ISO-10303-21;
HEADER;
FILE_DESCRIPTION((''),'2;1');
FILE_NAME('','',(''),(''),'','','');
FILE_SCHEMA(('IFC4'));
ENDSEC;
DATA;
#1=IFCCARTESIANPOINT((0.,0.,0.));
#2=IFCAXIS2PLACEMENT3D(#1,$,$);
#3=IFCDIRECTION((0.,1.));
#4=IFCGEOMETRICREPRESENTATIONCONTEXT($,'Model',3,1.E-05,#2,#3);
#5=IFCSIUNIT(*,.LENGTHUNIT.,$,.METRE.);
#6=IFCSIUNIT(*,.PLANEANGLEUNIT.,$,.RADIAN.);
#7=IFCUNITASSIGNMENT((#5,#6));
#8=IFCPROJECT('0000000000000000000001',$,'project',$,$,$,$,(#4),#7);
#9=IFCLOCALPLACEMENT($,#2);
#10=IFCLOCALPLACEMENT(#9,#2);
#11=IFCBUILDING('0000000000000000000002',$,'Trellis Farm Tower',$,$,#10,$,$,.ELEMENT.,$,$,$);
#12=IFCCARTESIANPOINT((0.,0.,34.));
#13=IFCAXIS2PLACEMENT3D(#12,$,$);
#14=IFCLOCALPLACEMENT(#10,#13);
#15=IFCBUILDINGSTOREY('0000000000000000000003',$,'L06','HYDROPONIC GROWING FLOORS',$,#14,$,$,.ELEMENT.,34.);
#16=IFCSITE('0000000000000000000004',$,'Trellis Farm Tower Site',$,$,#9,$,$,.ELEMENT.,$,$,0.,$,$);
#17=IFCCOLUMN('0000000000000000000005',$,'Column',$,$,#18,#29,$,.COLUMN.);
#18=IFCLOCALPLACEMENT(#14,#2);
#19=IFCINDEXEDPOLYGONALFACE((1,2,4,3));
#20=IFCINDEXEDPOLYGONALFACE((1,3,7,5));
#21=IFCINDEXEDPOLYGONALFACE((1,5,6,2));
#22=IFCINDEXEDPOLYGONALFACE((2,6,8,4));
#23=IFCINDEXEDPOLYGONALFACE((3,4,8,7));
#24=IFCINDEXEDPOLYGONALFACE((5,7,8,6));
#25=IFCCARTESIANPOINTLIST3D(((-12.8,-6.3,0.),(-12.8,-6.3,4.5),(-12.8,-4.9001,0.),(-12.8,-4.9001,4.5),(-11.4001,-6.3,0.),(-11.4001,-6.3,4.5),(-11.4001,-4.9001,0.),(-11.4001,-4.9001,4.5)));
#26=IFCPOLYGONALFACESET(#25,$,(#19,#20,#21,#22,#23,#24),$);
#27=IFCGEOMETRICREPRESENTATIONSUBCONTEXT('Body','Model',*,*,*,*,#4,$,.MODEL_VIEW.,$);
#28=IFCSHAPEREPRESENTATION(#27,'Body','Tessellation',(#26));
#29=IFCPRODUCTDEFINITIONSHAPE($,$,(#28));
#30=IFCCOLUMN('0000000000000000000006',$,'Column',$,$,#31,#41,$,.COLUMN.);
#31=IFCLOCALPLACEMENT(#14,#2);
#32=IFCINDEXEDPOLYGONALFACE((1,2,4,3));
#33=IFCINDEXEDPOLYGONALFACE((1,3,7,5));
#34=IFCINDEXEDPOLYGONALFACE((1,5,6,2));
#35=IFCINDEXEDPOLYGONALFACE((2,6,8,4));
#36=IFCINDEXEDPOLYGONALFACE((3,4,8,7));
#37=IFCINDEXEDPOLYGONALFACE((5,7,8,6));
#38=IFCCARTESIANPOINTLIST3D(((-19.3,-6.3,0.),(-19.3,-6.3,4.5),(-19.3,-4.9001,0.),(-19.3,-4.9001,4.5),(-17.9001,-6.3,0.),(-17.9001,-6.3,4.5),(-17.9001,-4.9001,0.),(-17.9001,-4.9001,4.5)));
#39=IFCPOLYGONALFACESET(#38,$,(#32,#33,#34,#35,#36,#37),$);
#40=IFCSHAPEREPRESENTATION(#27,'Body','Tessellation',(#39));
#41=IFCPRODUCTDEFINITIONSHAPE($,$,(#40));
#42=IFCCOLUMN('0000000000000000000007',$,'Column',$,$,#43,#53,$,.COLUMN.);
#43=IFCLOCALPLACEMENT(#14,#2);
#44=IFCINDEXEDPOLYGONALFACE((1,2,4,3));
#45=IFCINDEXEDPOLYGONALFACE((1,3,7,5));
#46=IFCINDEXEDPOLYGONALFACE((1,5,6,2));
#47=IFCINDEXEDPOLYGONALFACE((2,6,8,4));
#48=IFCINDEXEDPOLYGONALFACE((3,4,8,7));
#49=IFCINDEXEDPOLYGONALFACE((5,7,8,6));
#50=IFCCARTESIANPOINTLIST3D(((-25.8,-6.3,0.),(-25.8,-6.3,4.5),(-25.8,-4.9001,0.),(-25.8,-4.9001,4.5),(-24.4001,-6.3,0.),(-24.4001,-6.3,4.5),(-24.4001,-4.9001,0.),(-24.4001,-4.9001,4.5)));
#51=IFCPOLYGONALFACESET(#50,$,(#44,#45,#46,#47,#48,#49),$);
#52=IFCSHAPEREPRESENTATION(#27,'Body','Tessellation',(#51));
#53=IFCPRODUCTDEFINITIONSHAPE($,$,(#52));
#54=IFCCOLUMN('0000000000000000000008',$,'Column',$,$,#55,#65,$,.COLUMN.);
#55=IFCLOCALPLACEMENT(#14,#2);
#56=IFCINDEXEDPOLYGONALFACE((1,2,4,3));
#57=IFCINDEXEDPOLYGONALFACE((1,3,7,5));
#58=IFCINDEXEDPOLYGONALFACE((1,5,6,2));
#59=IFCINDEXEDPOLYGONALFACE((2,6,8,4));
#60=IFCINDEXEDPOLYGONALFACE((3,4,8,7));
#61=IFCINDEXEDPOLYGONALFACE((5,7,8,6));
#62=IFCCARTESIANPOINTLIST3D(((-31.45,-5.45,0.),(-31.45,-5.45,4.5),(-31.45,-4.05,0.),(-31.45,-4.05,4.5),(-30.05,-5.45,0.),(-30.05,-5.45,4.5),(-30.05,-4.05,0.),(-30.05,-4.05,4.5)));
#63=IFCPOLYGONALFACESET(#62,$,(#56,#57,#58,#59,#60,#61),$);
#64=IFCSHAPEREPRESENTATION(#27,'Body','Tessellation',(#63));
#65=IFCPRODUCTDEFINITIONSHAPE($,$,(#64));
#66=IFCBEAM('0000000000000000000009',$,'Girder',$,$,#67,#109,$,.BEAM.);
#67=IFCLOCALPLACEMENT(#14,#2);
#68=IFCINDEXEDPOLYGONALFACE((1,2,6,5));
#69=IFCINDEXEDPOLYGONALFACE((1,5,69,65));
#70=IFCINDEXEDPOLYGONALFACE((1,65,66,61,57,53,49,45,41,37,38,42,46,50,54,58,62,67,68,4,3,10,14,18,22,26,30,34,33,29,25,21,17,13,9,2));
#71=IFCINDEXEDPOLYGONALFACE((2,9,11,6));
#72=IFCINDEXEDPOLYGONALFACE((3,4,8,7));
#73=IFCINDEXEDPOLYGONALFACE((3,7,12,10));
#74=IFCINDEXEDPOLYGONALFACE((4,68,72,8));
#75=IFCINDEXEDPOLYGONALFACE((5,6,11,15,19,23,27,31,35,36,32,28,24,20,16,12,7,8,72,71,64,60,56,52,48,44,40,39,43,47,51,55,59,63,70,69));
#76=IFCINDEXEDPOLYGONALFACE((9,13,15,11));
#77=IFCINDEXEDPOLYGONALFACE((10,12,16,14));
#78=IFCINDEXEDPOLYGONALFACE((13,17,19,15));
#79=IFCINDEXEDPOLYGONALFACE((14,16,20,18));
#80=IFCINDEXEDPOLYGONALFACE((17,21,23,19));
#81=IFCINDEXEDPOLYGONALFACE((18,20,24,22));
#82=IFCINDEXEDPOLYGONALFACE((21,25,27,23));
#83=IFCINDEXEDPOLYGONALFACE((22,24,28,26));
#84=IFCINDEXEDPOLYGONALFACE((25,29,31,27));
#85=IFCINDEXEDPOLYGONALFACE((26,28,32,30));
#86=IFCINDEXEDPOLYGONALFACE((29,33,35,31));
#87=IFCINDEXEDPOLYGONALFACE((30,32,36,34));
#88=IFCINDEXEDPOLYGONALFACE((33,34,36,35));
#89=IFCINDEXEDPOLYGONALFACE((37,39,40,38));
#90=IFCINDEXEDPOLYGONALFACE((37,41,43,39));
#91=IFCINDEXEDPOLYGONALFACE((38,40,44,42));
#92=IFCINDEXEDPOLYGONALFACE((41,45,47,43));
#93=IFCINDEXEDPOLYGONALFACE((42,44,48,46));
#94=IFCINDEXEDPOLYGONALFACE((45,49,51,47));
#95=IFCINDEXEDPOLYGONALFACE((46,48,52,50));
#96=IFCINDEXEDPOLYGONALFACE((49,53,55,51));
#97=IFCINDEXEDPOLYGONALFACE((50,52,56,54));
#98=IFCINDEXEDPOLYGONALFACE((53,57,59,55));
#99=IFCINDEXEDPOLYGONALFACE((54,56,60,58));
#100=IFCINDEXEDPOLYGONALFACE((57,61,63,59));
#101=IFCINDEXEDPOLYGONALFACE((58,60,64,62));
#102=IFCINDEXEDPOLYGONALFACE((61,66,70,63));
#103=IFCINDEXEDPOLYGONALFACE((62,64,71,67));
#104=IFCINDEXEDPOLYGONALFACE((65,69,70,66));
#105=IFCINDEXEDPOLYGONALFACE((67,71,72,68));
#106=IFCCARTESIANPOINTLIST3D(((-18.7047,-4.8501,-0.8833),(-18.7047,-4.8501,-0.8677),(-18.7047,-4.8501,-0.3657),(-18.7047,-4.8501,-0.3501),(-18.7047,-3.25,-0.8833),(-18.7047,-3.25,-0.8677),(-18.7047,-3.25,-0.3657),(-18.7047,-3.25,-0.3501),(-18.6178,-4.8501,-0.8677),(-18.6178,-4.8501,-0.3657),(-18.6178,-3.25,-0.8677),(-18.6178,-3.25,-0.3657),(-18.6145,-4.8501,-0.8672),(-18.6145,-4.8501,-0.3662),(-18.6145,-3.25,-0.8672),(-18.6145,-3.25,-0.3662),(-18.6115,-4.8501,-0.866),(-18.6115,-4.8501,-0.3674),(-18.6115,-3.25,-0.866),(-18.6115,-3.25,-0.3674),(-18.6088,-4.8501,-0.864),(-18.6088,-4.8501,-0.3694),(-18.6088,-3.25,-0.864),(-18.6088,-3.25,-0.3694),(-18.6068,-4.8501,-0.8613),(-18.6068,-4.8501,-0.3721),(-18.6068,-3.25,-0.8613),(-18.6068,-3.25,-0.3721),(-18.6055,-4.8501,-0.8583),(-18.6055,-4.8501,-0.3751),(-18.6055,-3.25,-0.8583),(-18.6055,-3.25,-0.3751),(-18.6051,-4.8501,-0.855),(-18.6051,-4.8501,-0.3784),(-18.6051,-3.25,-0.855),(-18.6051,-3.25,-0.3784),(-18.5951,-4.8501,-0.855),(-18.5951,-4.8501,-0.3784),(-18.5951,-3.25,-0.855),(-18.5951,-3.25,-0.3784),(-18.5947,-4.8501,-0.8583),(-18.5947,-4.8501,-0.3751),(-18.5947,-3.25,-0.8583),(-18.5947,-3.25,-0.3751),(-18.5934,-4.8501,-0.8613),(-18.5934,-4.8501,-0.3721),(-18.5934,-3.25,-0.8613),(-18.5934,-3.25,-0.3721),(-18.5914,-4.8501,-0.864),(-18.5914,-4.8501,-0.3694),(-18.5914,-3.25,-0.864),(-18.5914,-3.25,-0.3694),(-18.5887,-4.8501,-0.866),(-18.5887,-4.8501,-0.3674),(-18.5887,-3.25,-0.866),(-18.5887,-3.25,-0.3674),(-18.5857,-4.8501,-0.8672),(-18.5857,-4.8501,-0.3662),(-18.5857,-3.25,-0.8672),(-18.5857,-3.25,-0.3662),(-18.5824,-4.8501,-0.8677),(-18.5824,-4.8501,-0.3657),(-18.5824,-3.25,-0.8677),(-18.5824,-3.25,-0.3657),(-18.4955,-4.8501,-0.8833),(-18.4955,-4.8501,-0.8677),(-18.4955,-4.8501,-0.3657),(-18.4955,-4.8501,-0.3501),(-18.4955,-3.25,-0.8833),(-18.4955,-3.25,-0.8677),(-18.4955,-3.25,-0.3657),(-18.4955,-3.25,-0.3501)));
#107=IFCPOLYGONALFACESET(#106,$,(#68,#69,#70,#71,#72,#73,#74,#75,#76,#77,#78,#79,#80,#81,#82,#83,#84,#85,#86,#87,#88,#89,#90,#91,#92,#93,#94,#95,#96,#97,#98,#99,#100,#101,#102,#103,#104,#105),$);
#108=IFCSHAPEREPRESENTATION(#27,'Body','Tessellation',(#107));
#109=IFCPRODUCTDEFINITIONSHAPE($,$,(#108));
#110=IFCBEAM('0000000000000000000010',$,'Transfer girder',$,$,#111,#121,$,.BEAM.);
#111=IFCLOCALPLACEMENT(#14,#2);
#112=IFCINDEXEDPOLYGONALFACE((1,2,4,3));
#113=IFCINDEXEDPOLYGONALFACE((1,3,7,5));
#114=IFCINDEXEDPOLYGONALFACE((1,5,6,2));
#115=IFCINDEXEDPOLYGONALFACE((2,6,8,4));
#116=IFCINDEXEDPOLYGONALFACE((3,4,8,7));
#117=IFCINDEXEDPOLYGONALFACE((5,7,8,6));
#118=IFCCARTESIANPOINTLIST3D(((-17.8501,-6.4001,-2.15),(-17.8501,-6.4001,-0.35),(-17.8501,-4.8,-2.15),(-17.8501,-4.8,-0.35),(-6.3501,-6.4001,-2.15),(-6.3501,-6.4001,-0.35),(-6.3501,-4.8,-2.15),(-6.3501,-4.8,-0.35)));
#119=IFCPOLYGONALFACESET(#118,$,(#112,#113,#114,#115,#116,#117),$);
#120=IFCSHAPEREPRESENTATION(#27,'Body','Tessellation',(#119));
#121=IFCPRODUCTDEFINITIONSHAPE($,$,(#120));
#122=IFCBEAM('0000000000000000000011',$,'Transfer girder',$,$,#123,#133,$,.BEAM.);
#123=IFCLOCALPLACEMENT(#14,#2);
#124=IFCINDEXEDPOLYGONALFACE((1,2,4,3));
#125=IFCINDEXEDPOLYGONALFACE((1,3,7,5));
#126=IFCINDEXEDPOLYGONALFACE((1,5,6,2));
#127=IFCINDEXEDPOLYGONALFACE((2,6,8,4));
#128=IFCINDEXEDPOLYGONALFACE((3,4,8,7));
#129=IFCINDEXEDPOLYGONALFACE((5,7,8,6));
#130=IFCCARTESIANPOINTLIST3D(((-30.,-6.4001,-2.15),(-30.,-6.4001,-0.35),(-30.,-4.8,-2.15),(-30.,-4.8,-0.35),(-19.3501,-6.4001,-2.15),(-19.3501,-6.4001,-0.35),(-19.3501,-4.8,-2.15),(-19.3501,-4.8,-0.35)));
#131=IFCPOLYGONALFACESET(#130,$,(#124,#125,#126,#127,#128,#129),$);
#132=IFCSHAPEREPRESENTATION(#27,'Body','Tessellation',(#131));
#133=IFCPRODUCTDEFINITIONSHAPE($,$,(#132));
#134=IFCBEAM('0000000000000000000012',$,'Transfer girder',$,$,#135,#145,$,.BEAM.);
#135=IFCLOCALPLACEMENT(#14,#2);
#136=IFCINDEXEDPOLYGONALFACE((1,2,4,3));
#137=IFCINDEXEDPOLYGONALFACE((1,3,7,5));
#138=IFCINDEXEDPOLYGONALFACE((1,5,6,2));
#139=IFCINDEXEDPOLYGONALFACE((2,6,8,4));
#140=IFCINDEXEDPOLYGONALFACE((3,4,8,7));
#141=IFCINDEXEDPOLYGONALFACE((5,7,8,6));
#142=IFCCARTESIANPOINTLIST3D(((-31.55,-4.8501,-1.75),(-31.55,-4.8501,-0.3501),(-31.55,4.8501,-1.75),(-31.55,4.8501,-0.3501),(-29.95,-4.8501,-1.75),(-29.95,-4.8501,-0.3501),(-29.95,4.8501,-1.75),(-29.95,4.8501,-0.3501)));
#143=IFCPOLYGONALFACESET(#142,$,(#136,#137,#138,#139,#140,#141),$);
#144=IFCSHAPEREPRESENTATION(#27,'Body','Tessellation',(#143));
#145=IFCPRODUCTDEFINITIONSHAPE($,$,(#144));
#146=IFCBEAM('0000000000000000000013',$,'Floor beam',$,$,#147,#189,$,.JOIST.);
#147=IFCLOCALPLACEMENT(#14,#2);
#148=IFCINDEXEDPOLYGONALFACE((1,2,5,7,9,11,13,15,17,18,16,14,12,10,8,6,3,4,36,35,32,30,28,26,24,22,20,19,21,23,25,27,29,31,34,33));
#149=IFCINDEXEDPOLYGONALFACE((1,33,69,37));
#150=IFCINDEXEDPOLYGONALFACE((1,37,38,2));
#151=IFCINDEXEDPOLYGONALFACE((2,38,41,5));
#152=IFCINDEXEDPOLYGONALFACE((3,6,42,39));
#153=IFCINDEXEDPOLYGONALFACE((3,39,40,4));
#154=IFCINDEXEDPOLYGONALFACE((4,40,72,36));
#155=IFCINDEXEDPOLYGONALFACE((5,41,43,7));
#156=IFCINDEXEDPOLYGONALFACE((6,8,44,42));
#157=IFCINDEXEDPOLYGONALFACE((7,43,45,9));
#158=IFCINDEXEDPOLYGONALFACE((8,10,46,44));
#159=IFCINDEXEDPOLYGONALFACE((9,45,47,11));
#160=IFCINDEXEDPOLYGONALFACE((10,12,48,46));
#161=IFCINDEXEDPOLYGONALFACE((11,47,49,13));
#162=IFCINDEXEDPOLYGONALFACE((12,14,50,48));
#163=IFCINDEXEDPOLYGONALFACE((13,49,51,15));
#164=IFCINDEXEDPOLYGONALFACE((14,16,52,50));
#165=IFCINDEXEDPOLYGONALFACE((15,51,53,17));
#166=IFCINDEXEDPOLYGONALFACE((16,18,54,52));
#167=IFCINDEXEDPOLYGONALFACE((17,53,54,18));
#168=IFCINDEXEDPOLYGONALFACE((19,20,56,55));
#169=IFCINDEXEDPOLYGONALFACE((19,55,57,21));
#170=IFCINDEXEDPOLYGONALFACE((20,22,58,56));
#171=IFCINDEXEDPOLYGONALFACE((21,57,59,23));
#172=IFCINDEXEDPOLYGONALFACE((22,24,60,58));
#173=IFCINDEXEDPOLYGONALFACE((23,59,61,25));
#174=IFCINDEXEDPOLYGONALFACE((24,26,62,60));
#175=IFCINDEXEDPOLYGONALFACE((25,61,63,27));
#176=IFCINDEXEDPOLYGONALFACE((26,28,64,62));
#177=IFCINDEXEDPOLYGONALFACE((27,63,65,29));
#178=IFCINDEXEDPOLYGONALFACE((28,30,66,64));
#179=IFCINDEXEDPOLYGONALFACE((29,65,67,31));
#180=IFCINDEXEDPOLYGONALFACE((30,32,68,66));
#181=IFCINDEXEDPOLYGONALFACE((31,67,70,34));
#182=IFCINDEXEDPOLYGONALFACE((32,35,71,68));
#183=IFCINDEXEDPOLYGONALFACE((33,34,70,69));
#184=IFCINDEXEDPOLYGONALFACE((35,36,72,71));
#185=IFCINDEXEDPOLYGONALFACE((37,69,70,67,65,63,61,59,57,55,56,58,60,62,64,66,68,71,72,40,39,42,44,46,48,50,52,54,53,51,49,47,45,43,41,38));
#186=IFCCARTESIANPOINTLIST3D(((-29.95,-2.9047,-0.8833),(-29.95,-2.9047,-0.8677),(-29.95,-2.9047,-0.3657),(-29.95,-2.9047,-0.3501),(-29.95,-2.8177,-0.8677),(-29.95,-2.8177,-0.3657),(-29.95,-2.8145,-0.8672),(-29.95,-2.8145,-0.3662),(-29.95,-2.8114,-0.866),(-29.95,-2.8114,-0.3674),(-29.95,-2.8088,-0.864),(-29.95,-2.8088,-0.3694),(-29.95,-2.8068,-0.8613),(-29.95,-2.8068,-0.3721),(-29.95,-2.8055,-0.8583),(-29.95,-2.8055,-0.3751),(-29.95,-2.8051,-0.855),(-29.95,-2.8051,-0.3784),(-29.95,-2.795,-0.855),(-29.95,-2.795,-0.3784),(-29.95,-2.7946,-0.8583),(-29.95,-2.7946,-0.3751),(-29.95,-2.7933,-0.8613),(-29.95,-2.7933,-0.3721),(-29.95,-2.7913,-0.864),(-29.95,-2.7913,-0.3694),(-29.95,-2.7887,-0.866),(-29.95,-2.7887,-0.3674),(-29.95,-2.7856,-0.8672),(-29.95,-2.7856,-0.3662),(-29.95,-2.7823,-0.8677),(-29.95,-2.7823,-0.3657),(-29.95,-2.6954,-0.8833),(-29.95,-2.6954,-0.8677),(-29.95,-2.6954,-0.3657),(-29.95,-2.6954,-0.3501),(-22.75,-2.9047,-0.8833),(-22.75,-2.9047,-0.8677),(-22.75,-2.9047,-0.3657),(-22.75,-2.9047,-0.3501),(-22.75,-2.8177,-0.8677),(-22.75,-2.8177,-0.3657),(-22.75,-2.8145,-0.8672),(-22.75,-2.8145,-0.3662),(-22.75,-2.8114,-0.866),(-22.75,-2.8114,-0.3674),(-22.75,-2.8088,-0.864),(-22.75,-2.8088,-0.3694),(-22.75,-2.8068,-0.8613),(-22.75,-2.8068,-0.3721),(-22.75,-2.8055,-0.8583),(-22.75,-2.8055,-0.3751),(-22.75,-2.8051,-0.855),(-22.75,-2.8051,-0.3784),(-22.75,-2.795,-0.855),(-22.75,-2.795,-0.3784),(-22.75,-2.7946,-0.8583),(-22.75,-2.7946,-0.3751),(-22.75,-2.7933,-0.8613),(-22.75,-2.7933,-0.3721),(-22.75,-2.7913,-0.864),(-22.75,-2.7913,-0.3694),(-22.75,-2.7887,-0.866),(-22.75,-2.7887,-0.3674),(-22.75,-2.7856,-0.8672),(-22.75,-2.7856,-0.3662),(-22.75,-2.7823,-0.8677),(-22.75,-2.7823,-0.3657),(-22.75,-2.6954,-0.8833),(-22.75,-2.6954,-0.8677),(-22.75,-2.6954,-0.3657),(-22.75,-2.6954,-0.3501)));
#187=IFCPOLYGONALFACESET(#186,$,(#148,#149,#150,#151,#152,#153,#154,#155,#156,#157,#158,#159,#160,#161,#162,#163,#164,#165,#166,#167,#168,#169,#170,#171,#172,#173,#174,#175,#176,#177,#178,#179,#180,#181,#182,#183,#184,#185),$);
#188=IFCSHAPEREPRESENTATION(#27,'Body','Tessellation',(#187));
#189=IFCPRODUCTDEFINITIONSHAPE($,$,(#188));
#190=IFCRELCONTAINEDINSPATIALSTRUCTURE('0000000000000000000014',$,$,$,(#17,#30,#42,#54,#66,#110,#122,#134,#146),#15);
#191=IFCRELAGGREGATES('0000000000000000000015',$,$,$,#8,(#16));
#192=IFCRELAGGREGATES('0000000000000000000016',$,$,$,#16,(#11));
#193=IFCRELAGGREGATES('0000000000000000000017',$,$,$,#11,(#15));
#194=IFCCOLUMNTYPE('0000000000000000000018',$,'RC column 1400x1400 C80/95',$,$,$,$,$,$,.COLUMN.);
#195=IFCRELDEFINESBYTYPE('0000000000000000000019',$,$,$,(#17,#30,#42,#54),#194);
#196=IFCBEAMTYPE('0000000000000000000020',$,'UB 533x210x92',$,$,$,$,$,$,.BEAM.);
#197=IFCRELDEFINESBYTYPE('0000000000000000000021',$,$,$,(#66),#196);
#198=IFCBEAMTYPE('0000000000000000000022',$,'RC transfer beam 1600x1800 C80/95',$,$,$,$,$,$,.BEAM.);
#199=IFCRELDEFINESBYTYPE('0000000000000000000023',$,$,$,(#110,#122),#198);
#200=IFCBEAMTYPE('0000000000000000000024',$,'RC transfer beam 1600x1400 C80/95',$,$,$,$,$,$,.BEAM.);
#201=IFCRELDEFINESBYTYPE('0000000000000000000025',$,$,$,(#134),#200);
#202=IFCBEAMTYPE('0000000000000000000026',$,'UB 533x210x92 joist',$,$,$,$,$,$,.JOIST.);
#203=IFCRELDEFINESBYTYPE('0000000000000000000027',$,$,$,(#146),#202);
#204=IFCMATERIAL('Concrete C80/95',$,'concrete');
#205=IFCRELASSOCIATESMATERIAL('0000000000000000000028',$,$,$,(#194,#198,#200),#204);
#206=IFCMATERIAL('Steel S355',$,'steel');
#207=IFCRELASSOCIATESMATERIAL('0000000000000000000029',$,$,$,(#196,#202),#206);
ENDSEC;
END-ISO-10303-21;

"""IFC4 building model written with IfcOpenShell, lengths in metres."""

from ifc_helpers import new_model, si_unit, direction, frame, origin, origin_2d, place, context, subcontext, project, spatial, rectangle, i_section, extrude, source, transform, mapped, material, material_profile, profile_set, type_object, element, save


model = new_model("IFC4")

# Units and contexts
model_context = context("Model", 3, precision=1e-05, world=origin(), true_north=direction((0.0, 1.0)))
body_context = subcontext(model_context, "Body", "Model", "MODEL_VIEW")
ifc_project = project(units=[si_unit("LENGTHUNIT", "METRE"), si_unit("PLANEANGLEUNIT", "RADIAN")], contexts=[model_context])

# Site, building, storey
site_placement = place(None, origin())
site = spatial("IfcSite", under=ifc_project, at=site_placement, Name="Trellis Farm Tower Site", CompositionType="ELEMENT", RefElevation=0.0)
building_placement = place(site_placement, origin())
building = spatial("IfcBuilding", under=site, at=building_placement, Name="Trellis Farm Tower", CompositionType="ELEMENT")
storey_placement = place(building_placement, frame((0.0, 0.0, 34.0)))
storey = spatial("IfcBuildingStorey", under=building, at=storey_placement, Name="L06", Description="HYDROPONIC GROWING FLOORS", CompositionType="ELEMENT", Elevation=34.0)

# Columns
ifc_material_1 = material(Name="Concrete C80/95", Category="concrete")
ifc_material_profile_1 = material_profile(ifc_material_1, rectangle(XDim=1.3999, YDim=1.3999, at=origin_2d()), Name="RC column 1400x1400 C80/95")
ifc_profile_set_1 = profile_set([ifc_material_profile_1], Name="Concrete C80/95")
column_type = type_object("IfcColumnType", Name="RC column 1400x1400 C80/95", PredefinedType="COLUMN", material=ifc_profile_set_1)
shared_shape_1 = source(origin(), body_context, "Body", "SweptSolid", [
    extrude(rectangle(XDim=1.3999, YDim=1.3999, at=origin_2d()), origin(), (0.0, 0.0, 1.0), 4.5),
])
for number, where, z_axis, x_axis, name in (
    (1, (-12.1001, -5.6001, 0.0), (0.0, 0.0, 1.0), (1.0, 0.0, 0.0), "Column"),
    (2, (-18.6001, -5.6001, 0.0), (0.0, 0.0, 1.0), (1.0, 0.0, 0.0), "Column"),
    (3, (-25.1001, -5.6001, 0.0), (0.0, 0.0, 1.0), (1.0, 0.0, 0.0), "Column"),
    (4, (-30.75, -4.75, 0.0), (0.0, 0.0, 1.0), (1.0, 0.0, 0.0), "Column"),
):
    element("IfcColumn", number, at=place(storey_placement, frame(where, z_axis=z_axis, x_axis=x_axis)), inside=storey, type_object=column_type, Name=name, PredefinedType="COLUMN", context=body_context, shape_type="MappedRepresentation", body=[
        mapped(shared_shape_1, transform((0.0, 0.0, 0.0))),
    ])

# Beams
ifc_material_2 = material(Name="Steel S355", Category="steel")
ifc_material_profile_2 = material_profile(ifc_material_2, i_section(OverallWidth=0.2092, OverallDepth=0.5332, WebThickness=0.01, FlangeThickness=0.0156, FilletRadius=0.0127, at=origin_2d()), Name="UB 533x210x92")
ifc_profile_set_2 = profile_set([ifc_material_profile_2], Name="Steel S355")
beam_type_1 = type_object("IfcBeamType", Name="UB 533x210x92", PredefinedType="BEAM", material=ifc_profile_set_2)
shared_shape_2 = source(origin(), body_context, "Body", "SweptSolid", [
    extrude(i_section(OverallWidth=0.2092, OverallDepth=0.5332, WebThickness=0.01, FlangeThickness=0.0156, FilletRadius=0.0127, at=origin_2d()), origin(), (0.0, 0.0, 1.0), 1.6001),
])
beam_1_placement = place(storey_placement, frame((-18.6001, -4.8501, -0.6167), z_axis=(0.0, 1.0, 0.0), x_axis=(-1.0, 0.0, 0.0)))
element("IfcBeam", 5, at=beam_1_placement, inside=storey, type_object=beam_type_1, Name="Girder", PredefinedType="BEAM", context=body_context, shape_type="MappedRepresentation", body=[
    mapped(shared_shape_2, transform((0.0, 0.0, 0.0))),
])
ifc_material_profile_3 = material_profile(ifc_material_1, rectangle(XDim=1.6001, YDim=1.8, at=origin_2d()), Name="RC transfer beam 1600x1800 C80/95")
ifc_profile_set_3 = profile_set([ifc_material_profile_3], Name="Concrete C80/95")
beam_type_2 = type_object("IfcBeamType", Name="RC transfer beam 1600x1800 C80/95", PredefinedType="BEAM", material=ifc_profile_set_3)
shared_shape_3 = source(origin(), body_context, "Body", "SweptSolid", [
    extrude(rectangle(XDim=1.6001, YDim=1.8, at=origin_2d()), origin(), (0.0, 0.0, 1.0), 11.5),
])
beam_2_placement = place(storey_placement, frame((-17.8501, -5.6001, -1.25), z_axis=(1.0, 0.0, 0.0), x_axis=(0.0, 1.0, 0.0)))
element("IfcBeam", 6, at=beam_2_placement, inside=storey, type_object=beam_type_2, Name="Transfer girder", PredefinedType="BEAM", context=body_context, shape_type="MappedRepresentation", body=[
    mapped(shared_shape_3, transform((0.0, 0.0, 0.0))),
])
shared_shape_4 = source(origin(), body_context, "Body", "SweptSolid", [
    extrude(rectangle(XDim=1.6001, YDim=1.8, at=origin_2d()), origin(), (0.0, 0.0, 1.0), 10.6499),
])
beam_3_placement = place(storey_placement, frame((-30.0, -5.6001, -1.25), z_axis=(1.0, 0.0, 0.0), x_axis=(0.0, 1.0, 0.0)))
element("IfcBeam", 7, at=beam_3_placement, inside=storey, type_object=beam_type_2, Name="Transfer girder", PredefinedType="BEAM", context=body_context, shape_type="MappedRepresentation", body=[
    mapped(shared_shape_4, transform((0.0, 0.0, 0.0))),
])
ifc_material_profile_4 = material_profile(ifc_material_1, rectangle(XDim=1.6001, YDim=1.3999, at=origin_2d()), Name="RC transfer beam 1600x1400 C80/95")
ifc_profile_set_4 = profile_set([ifc_material_profile_4], Name="Concrete C80/95")
beam_type_3 = type_object("IfcBeamType", Name="RC transfer beam 1600x1400 C80/95", PredefinedType="BEAM", material=ifc_profile_set_4)
shared_shape_5 = source(origin(), body_context, "Body", "SweptSolid", [
    extrude(rectangle(XDim=1.6001, YDim=1.3999, at=origin_2d()), origin(), (0.0, 0.0, 1.0), 9.7002),
])
beam_4_placement = place(storey_placement, frame((-30.75, -4.8501, -1.05), z_axis=(0.0, 1.0, 0.0), x_axis=(-1.0, 0.0, 0.0)))
element("IfcBeam", 8, at=beam_4_placement, inside=storey, type_object=beam_type_3, Name="Transfer girder", PredefinedType="BEAM", context=body_context, shape_type="MappedRepresentation", body=[
    mapped(shared_shape_5, transform((0.0, 0.0, 0.0))),
])
ifc_material_profile_5 = material_profile(ifc_material_2, i_section(OverallWidth=0.2092, OverallDepth=0.5332, WebThickness=0.01, FlangeThickness=0.0156, FilletRadius=0.0127, at=origin_2d()), Name="UB 533x210x92")
ifc_profile_set_5 = profile_set([ifc_material_profile_5], Name="Steel S355")
beam_type_4 = type_object("IfcBeamType", Name="UB 533x210x92 joist", PredefinedType="JOIST", material=ifc_profile_set_5)
shared_shape_6 = source(origin(), body_context, "Body", "SweptSolid", [
    extrude(i_section(OverallWidth=0.2092, OverallDepth=0.5332, WebThickness=0.01, FlangeThickness=0.0156, FilletRadius=0.0127, at=origin_2d()), origin(), (0.0, 0.0, 1.0), 7.2),
])
for number, where, z_axis, x_axis, name in (
    (9, (-29.95, -2.8, -0.6167), (1.0, 0.0, 0.0), (0.0, 1.0, 0.0), "Floor beam"),
):
    element("IfcBeam", number, at=place(storey_placement, frame(where, z_axis=z_axis, x_axis=x_axis)), inside=storey, type_object=beam_type_4, Name=name, PredefinedType="JOIST", context=body_context, shape_type="MappedRepresentation", body=[
        mapped(shared_shape_6, transform((0.0, 0.0, 0.0))),
    ])

save(model, "model.ifc")
